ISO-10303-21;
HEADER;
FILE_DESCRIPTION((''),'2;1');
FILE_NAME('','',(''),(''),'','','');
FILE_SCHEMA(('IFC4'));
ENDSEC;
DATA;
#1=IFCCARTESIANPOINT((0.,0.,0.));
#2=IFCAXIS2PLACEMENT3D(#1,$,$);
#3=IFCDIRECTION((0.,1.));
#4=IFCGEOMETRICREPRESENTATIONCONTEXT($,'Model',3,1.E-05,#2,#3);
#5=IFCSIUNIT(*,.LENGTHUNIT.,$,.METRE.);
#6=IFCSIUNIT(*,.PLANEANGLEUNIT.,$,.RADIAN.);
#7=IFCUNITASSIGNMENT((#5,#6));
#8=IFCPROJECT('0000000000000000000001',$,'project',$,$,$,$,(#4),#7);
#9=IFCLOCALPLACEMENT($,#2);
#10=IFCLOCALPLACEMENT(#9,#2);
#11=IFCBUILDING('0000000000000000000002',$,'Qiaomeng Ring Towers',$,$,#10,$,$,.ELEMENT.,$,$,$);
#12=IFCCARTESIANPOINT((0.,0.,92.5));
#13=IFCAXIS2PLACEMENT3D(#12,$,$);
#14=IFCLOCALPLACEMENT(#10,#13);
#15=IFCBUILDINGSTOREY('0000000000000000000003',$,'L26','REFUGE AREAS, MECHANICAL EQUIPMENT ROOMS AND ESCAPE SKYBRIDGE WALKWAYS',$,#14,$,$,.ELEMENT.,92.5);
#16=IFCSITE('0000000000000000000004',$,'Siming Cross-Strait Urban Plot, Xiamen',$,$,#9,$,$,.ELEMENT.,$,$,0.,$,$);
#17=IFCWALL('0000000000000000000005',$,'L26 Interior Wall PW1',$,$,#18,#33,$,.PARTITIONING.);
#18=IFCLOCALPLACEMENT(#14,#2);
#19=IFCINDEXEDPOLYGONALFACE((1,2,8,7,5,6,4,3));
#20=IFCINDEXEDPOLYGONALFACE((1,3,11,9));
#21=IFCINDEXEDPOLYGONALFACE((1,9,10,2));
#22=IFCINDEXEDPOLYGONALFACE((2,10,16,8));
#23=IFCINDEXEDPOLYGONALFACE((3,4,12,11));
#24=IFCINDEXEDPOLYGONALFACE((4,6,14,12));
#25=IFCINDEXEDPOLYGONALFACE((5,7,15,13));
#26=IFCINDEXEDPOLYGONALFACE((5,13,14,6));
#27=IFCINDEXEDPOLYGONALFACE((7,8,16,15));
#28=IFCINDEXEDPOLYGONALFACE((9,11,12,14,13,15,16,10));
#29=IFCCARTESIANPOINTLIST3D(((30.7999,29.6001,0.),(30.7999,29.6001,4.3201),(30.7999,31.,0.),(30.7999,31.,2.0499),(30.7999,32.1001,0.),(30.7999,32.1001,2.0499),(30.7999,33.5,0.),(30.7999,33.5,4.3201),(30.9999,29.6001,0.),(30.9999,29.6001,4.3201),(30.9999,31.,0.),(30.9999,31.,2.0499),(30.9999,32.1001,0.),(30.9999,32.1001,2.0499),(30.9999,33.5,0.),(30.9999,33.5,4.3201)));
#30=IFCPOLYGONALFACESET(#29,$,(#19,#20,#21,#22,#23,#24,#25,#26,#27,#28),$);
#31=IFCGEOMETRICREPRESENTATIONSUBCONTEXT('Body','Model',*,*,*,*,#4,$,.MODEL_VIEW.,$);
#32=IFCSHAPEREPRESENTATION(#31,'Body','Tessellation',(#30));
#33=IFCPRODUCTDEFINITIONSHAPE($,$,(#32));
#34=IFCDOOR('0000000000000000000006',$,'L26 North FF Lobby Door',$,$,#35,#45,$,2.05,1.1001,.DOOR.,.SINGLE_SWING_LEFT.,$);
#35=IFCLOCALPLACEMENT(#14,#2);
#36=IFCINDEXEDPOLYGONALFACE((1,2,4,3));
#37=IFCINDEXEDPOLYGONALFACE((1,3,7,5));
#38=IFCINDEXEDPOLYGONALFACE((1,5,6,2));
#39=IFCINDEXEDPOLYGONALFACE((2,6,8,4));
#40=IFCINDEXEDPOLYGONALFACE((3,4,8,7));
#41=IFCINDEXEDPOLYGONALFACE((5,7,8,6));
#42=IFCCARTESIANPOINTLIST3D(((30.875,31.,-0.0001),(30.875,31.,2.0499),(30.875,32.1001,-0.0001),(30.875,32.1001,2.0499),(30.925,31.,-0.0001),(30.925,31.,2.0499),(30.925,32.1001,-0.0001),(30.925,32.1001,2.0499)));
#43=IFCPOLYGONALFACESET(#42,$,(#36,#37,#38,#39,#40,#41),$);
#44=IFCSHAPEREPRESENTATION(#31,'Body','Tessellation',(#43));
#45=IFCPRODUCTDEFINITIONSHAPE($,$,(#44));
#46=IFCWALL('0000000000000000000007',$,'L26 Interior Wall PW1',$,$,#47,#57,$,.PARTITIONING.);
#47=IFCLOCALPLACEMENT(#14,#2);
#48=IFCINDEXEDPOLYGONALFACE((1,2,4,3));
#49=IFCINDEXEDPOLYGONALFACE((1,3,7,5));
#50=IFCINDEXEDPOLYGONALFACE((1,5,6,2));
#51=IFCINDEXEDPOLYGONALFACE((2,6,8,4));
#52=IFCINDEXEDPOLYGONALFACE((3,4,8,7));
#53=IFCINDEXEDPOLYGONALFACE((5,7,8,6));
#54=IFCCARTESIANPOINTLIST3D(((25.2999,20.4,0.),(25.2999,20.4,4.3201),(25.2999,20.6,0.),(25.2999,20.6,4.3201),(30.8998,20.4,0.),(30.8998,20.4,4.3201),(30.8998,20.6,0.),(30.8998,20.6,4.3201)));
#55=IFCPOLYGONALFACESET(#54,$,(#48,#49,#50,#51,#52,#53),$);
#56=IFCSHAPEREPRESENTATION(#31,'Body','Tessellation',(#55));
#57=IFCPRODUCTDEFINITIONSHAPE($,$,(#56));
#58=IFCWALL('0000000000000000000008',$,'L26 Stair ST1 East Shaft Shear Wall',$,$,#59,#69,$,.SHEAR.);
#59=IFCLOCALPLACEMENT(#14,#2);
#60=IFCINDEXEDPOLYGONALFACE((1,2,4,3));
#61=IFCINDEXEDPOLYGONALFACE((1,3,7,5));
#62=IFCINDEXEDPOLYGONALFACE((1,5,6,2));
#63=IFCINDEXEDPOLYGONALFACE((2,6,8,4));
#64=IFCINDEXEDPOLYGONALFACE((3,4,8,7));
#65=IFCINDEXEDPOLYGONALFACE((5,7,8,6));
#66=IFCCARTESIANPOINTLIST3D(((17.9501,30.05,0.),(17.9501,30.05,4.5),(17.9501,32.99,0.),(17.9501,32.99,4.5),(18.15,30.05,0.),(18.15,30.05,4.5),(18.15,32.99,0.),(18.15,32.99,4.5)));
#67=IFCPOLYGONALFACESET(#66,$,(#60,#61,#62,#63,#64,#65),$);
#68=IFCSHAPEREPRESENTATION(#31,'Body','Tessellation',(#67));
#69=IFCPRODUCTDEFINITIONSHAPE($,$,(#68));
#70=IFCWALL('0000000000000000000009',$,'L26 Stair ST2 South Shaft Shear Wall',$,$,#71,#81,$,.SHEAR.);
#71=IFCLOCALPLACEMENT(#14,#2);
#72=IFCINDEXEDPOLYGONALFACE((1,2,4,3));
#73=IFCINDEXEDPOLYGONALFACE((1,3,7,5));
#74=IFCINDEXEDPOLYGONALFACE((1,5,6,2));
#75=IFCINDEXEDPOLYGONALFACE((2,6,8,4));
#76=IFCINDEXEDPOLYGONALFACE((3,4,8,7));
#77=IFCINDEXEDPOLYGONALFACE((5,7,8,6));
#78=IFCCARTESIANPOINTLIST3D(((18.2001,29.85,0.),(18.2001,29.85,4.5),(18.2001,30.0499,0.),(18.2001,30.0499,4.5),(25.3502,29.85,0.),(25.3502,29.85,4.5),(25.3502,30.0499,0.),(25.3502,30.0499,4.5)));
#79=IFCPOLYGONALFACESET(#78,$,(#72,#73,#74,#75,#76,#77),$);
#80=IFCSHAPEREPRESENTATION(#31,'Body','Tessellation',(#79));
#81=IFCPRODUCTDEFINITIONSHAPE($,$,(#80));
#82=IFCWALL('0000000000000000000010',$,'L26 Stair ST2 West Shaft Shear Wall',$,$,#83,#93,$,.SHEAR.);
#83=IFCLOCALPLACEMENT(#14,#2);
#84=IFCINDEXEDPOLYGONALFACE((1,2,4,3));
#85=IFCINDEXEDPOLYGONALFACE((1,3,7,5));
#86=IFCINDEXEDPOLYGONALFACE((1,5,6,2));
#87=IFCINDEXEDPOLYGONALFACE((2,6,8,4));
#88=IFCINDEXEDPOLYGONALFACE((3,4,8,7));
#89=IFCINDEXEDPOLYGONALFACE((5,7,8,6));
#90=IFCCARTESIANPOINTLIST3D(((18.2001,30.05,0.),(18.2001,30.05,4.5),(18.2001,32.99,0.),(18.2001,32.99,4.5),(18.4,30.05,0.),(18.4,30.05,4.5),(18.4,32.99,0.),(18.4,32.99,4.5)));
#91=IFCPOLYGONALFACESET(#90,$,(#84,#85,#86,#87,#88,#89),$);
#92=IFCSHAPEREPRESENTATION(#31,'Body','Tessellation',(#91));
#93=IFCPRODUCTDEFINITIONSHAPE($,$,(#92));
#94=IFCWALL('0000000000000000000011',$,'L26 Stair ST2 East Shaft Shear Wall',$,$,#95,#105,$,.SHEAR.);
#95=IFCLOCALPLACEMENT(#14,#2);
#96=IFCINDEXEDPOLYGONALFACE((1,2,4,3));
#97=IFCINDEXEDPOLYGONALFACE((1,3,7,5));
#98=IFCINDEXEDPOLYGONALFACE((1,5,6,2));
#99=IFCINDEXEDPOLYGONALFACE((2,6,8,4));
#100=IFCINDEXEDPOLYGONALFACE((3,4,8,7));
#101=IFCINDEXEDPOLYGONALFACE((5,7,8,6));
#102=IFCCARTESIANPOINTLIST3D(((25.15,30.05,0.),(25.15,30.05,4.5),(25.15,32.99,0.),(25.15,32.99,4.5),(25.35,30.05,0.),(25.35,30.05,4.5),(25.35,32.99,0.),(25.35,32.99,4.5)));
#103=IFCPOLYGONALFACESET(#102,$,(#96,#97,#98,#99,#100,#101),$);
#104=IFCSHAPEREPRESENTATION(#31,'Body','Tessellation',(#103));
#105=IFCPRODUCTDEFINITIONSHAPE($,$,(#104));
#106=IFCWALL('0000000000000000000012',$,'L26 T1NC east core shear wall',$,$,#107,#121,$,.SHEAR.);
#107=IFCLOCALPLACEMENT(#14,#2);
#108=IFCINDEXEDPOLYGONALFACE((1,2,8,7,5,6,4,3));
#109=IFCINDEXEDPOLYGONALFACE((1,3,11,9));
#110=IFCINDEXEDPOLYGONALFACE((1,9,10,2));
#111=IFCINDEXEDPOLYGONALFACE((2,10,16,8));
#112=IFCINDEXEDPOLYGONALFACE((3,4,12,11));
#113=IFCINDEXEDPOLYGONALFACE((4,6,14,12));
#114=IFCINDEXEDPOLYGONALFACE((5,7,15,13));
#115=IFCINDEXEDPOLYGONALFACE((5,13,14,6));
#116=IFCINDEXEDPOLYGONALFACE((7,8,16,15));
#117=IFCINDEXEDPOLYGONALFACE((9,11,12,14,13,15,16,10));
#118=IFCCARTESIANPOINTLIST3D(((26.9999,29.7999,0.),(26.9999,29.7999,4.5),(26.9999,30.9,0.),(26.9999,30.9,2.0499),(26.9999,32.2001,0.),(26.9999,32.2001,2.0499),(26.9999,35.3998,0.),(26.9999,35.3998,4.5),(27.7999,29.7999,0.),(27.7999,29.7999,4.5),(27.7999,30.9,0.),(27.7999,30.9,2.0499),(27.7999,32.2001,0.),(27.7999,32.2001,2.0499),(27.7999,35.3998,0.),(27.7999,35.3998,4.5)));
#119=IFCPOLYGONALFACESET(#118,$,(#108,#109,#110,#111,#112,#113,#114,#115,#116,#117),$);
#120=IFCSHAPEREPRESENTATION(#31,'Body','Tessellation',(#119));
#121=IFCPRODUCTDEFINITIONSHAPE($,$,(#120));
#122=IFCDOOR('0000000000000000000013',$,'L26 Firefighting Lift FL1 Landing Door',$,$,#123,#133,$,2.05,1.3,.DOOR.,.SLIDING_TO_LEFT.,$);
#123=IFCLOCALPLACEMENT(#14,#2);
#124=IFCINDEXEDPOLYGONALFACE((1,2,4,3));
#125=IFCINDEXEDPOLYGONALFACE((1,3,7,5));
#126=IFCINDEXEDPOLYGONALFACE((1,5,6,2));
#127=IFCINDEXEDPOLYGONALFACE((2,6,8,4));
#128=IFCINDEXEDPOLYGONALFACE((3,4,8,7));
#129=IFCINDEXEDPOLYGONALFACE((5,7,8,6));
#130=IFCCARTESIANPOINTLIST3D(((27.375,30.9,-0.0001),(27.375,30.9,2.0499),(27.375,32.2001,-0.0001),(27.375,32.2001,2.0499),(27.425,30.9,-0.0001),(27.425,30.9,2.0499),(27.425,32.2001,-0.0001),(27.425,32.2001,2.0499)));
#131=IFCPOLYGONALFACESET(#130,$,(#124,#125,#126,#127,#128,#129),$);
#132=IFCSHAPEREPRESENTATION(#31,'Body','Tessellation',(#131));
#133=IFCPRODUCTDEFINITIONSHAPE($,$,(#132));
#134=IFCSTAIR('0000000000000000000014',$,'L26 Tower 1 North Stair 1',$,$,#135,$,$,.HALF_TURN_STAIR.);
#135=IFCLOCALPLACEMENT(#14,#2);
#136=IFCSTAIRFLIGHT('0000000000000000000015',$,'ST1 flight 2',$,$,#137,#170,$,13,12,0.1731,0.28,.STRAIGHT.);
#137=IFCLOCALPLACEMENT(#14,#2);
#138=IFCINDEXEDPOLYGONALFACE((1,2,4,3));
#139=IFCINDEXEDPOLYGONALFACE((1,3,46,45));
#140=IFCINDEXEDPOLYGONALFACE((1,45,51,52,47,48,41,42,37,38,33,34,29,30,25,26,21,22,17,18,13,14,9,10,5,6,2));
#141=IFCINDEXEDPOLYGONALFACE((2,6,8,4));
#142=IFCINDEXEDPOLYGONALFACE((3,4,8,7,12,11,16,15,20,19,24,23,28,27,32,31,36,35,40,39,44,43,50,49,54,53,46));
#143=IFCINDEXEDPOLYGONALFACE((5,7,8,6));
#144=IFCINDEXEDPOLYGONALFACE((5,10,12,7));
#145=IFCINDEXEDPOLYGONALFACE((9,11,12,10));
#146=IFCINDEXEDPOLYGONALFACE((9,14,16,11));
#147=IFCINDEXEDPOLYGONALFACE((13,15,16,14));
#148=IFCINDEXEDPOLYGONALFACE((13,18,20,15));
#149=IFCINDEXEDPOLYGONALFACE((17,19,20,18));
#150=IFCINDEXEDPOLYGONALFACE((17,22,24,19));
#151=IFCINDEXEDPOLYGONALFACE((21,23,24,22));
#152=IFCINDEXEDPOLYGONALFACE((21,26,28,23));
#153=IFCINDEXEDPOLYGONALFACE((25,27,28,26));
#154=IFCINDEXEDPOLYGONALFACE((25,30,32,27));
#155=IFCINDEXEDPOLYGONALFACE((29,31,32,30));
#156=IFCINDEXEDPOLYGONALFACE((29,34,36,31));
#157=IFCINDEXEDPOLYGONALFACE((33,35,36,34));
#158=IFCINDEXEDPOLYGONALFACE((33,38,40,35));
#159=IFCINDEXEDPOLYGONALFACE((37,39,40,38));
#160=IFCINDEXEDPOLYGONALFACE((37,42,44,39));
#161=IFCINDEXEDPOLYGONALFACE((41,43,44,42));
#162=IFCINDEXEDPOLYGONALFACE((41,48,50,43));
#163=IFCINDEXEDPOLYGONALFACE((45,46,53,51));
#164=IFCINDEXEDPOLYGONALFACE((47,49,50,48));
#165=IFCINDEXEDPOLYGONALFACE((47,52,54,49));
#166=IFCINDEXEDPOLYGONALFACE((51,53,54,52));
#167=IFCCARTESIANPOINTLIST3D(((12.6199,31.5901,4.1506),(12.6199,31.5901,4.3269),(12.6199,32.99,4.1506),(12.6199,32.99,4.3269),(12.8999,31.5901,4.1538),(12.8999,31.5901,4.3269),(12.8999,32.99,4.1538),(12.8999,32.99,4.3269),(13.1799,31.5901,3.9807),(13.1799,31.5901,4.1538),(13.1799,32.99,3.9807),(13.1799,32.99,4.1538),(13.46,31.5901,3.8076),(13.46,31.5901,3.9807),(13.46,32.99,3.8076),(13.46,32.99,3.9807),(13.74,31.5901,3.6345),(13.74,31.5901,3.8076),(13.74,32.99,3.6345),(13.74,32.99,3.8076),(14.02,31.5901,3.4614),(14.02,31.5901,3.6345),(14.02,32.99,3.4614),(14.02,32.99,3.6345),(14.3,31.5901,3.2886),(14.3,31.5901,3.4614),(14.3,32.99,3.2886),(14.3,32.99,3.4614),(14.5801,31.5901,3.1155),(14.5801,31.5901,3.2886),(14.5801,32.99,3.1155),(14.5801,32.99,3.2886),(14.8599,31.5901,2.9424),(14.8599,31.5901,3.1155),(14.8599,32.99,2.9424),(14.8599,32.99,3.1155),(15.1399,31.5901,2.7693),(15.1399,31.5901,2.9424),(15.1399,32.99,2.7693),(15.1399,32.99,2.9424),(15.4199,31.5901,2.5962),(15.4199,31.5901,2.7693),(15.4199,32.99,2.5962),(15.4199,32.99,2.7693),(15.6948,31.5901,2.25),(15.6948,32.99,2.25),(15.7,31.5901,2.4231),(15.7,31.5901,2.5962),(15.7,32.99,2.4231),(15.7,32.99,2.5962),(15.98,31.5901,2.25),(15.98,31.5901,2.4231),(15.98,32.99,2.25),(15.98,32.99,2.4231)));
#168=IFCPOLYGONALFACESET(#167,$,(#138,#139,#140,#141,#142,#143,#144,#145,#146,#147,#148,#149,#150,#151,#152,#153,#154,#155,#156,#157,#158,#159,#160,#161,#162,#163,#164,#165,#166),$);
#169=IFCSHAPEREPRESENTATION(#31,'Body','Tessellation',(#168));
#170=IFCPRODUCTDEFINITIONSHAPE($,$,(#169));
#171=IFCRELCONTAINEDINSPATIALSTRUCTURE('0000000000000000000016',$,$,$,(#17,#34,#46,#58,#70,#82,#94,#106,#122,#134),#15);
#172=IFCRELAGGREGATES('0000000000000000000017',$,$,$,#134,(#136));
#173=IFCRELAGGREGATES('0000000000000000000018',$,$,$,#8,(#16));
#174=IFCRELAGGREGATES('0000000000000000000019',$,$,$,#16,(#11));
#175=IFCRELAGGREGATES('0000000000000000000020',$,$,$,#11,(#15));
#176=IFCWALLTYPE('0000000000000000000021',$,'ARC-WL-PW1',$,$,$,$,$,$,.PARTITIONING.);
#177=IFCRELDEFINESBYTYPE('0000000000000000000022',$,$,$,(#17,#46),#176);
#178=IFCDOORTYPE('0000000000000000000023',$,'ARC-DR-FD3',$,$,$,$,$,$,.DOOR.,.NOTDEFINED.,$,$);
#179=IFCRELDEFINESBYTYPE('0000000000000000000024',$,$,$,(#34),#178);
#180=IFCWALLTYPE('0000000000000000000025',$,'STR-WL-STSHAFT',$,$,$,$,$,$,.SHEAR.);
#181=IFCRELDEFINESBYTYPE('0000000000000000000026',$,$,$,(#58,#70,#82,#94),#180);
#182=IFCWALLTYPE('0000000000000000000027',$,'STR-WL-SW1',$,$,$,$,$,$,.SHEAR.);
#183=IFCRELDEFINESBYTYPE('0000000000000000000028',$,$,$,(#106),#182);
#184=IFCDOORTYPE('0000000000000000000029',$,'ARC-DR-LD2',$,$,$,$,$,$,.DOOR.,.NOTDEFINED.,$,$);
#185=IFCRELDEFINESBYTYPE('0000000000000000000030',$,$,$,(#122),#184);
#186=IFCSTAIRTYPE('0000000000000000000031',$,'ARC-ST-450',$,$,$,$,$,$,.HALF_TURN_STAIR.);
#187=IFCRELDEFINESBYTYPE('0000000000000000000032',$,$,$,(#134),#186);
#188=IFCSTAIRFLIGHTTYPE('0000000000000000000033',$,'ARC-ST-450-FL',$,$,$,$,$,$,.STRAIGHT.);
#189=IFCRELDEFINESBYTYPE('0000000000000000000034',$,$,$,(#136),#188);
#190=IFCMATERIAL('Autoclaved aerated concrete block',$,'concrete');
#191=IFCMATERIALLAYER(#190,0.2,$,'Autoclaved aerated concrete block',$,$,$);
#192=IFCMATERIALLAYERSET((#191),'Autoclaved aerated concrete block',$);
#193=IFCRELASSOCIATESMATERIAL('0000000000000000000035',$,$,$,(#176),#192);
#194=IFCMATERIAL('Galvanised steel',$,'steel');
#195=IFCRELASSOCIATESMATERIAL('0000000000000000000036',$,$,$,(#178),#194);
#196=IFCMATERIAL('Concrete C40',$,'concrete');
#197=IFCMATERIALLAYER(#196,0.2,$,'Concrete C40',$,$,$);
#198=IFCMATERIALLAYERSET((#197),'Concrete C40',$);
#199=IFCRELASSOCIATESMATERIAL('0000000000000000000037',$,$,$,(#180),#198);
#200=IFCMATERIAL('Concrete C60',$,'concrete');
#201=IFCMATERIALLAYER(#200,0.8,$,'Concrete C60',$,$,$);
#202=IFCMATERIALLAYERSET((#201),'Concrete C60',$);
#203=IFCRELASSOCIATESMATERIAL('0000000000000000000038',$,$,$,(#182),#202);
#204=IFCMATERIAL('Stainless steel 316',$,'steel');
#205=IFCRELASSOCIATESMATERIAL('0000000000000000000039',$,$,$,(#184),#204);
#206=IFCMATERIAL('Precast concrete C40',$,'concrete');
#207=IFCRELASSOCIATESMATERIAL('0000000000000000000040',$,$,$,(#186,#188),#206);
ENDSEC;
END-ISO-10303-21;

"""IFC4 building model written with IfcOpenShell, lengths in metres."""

from ifc_helpers import new_model, si_unit, direction, frame, frame_2d, origin, place, context, subcontext, project, spatial, polyline, rectangle, outline, extrude, source, transform, mapped, material, layer, layer_set, type_object, element, fill, aggregate, save


model = new_model("IFC4")

# Units and contexts
model_context = context("Model", 3, precision=1e-05, world=origin(), true_north=direction((0.0, 1.0)))
body_context = subcontext(model_context, "Body", "Model", "MODEL_VIEW")
ifc_project = project(units=[si_unit("LENGTHUNIT", "METRE"), si_unit("PLANEANGLEUNIT", "RADIAN")], contexts=[model_context])

# Site, building, storey
site_placement = place(None, origin())
site = spatial("IfcSite", under=ifc_project, at=site_placement, Name="Siming Cross-Strait Urban Plot, Xiamen", CompositionType="ELEMENT", RefElevation=0.0)
building_placement = place(site_placement, origin())
building = spatial("IfcBuilding", under=site, at=building_placement, Name="Qiaomeng Ring Towers", CompositionType="ELEMENT")
storey_placement = place(building_placement, frame((0.0, 0.0, 92.5)))
storey = spatial("IfcBuildingStorey", under=building, at=storey_placement, Name="L26", Description="REFUGE AREAS, MECHANICAL EQUIPMENT ROOMS AND ESCAPE SKYBRIDGE WALKWAYS", CompositionType="ELEMENT", Elevation=92.5)

# Shared definitions
ifc_material_1 = material(Name="Autoclaved aerated concrete block", Category="concrete")
ifc_layer_1 = layer(ifc_material_1, 0.2, Name="Autoclaved aerated concrete block")
ifc_layer_set_1 = layer_set([ifc_layer_1], Name="Autoclaved aerated concrete block")
wall_type_1 = type_object("IfcWallType", Name="ARC-WL-PW1", PredefinedType="PARTITIONING", material=ifc_layer_set_1)

# Wall, opening, door
wall_1_placement = place(storey_placement, frame((30.8999, 29.6001, 0.0), z_axis=(0.0, 0.0, 1.0), x_axis=(0.0, 1.0, 0.0)))
wall_1 = element("IfcWall", 1, at=wall_1_placement, inside=storey, type_object=wall_type_1, Name="L26 Interior Wall PW1", PredefinedType="PARTITIONING", context=body_context, shape_type="SweptSolid", body=[
    extrude(rectangle(XDim=3.8999, YDim=0.2, at=frame_2d((1.95, 0.0))), origin(), (0.0, 0.0, 1.0), 4.3201),
])
opening_1_placement = place(wall_1_placement, frame((1.3999, 0.0, 0.0)))
opening_1 = element("IfcOpeningElement", 2, at=opening_1_placement, cuts=wall_1, PredefinedType="OPENING", context=body_context, shape_type="SweptSolid", body=[
    extrude(rectangle(XDim=1.1001, YDim=2.05, at=frame_2d((0.55, 1.0249))), frame((0.0, 0.1099, 0.0), z_axis=(0.0, -1.0, 0.0), x_axis=(1.0, 0.0, 0.0)), (0.0, 0.0, 1.0), 0.22),
])
ifc_material_2 = material(Name="Galvanised steel", Category="steel")
door_type_1 = type_object("IfcDoorType", Name="ARC-DR-FD3", OperationType="NOTDEFINED", PredefinedType="DOOR", material=ifc_material_2)
shared_shape_1 = source(origin(), body_context, "Body", "SweptSolid", [
    extrude(rectangle(XDim=1.1001, YDim=2.05, at=frame_2d((0.55, 1.0249))), frame((0.0, 0.0249, 0.0), z_axis=(0.0, -1.0, 0.0), x_axis=(1.0, 0.0, 0.0)), (0.0, 0.0, 1.0), 0.05),
])
door_1_placement = place(opening_1_placement, origin())
door_1 = element("IfcDoor", 3, at=door_1_placement, inside=storey, type_object=door_type_1, Name="L26 North FF Lobby Door", OperationType="SINGLE_SWING_LEFT", OverallHeight=2.05, OverallWidth=1.1001, PredefinedType="DOOR", context=body_context, shape_type="MappedRepresentation", body=[
    mapped(shared_shape_1, transform((0.0, 0.0, 0.0), x_axis=(1.0, 0.0, 0.0), y_axis=(0.0, 1.0, 0.0), z_axis=(0.0, 0.0, 1.0), scale=1.0)),
])
fill(opening_1, door_1)

# Walls
wall_2_placement = place(storey_placement, frame((25.3, 20.5, 0.0), z_axis=(0.0, 0.0, 1.0), x_axis=(1.0, 0.0, 0.0)))
element("IfcWall", 4, at=wall_2_placement, inside=storey, type_object=wall_type_1, Name="L26 Interior Wall PW1", PredefinedType="PARTITIONING", context=body_context, shape_type="SweptSolid", body=[
    extrude(rectangle(XDim=5.5999, YDim=0.2, at=frame_2d((2.7998, 0.0))), origin(), (0.0, 0.0, 1.0), 4.3201),
])
ifc_material_3 = material(Name="Concrete C40", Category="concrete")
ifc_layer_2 = layer(ifc_material_3, 0.2, Name="Concrete C40")
ifc_layer_set_2 = layer_set([ifc_layer_2], Name="Concrete C40")
wall_type_2 = type_object("IfcWallType", Name="STR-WL-STSHAFT", PredefinedType="SHEAR", material=ifc_layer_set_2)
wall_3_placement = place(storey_placement, frame((18.05, 30.05, 0.0), z_axis=(0.0, 0.0, 1.0), x_axis=(0.0, 1.0, 0.0)))
element("IfcWall", 5, at=wall_3_placement, inside=storey, type_object=wall_type_2, Name="L26 Stair ST1 East Shaft Shear Wall", PredefinedType="SHEAR", context=body_context, shape_type="SweptSolid", body=[
    extrude(rectangle(XDim=2.9399, YDim=0.2, at=frame_2d((1.47, 0.0))), origin(), (0.0, 0.0, 1.0), 4.5),
])
wall_4_placement = place(storey_placement, frame((18.2, 29.95, 0.0), z_axis=(0.0, 0.0, 1.0), x_axis=(1.0, 0.0, 0.0)))
element("IfcWall", 6, at=wall_4_placement, inside=storey, type_object=wall_type_2, Name="L26 Stair ST2 South Shaft Shear Wall", PredefinedType="SHEAR", context=body_context, shape_type="SweptSolid", body=[
    extrude(rectangle(XDim=7.1501, YDim=0.2, at=frame_2d((3.5752, 0.0))), origin(), (0.0, 0.0, 1.0), 4.5),
])
for number, where, z_axis, x_axis, name in (
    (7, (18.3, 30.05, 0.0), (0.0, 0.0, 1.0), (0.0, 1.0, 0.0), "L26 Stair ST2 West Shaft Shear Wall"),
    (8, (25.25, 30.05, 0.0), (0.0, 0.0, 1.0), (0.0, 1.0, 0.0), "L26 Stair ST2 East Shaft Shear Wall"),
):
    element("IfcWall", number, at=place(storey_placement, frame(where, z_axis=z_axis, x_axis=x_axis)), inside=storey, type_object=wall_type_2, Name=name, PredefinedType="SHEAR", context=body_context, shape_type="SweptSolid", body=[
        extrude(rectangle(XDim=2.9399, YDim=0.2, at=frame_2d((1.47, 0.0))), origin(), (0.0, 0.0, 1.0), 4.5),
    ])

# Wall, opening, door
ifc_material_4 = material(Name="Concrete C60", Category="concrete")
ifc_layer_3 = layer(ifc_material_4, 0.8, Name="Concrete C60")
ifc_layer_set_3 = layer_set([ifc_layer_3], Name="Concrete C60")
wall_type_3 = type_object("IfcWallType", Name="STR-WL-SW1", PredefinedType="SHEAR", material=ifc_layer_set_3)
wall_5_placement = place(storey_placement, frame((27.3999, 29.8, 0.0), z_axis=(0.0, 0.0, 1.0), x_axis=(0.0, 1.0, 0.0)))
wall_5 = element("IfcWall", 9, at=wall_5_placement, inside=storey, type_object=wall_type_3, Name="L26 T1NC east core shear wall", PredefinedType="SHEAR", context=body_context, shape_type="SweptSolid", body=[
    extrude(rectangle(XDim=5.5999, YDim=0.8, at=frame_2d((2.7998, 0.0))), origin(), (0.0, 0.0, 1.0), 4.5),
])
opening_2_placement = place(wall_5_placement, frame((1.1001, 0.0, 0.0)))
opening_2 = element("IfcOpeningElement", 10, at=opening_2_placement, cuts=wall_5, PredefinedType="OPENING", context=body_context, shape_type="SweptSolid", body=[
    extrude(rectangle(XDim=1.3, YDim=2.05, at=frame_2d((0.6499, 1.0249))), frame((0.0, 0.4099, 0.0), z_axis=(0.0, -1.0, 0.0), x_axis=(1.0, 0.0, 0.0)), (0.0, 0.0, 1.0), 0.8201),
])
ifc_material_5 = material(Name="Stainless steel 316", Category="steel")
door_type_2 = type_object("IfcDoorType", Name="ARC-DR-LD2", OperationType="NOTDEFINED", PredefinedType="DOOR", material=ifc_material_5)
shared_shape_2 = source(origin(), body_context, "Body", "SweptSolid", [
    extrude(rectangle(XDim=1.3, YDim=2.05, at=frame_2d((0.6499, 1.0249))), frame((0.0, 0.0249, 0.0), z_axis=(0.0, -1.0, 0.0), x_axis=(1.0, 0.0, 0.0)), (0.0, 0.0, 1.0), 0.05),
])
door_2_placement = place(opening_2_placement, origin())
door_2 = element("IfcDoor", 11, at=door_2_placement, inside=storey, type_object=door_type_2, Name="L26 Firefighting Lift FL1 Landing Door", OperationType="SLIDING_TO_LEFT", OverallHeight=2.05, OverallWidth=1.3, PredefinedType="DOOR", context=body_context, shape_type="MappedRepresentation", body=[
    mapped(shared_shape_2, transform((0.0, 0.0, 0.0), x_axis=(1.0, 0.0, 0.0), y_axis=(0.0, 1.0, 0.0), z_axis=(0.0, 0.0, 1.0), scale=1.0)),
])
fill(opening_2, door_2)

# Stair, stair flight
ifc_material_6 = material(Name="Precast concrete C40", Category="concrete")
stair_type = type_object("IfcStairType", Name="ARC-ST-450", PredefinedType="HALF_TURN_STAIR", material=ifc_material_6)
stair_1_placement = place(storey_placement, origin())
stair_1 = element("IfcStair", 12, at=stair_1_placement, inside=storey, type_object=stair_type, Name="L26 Tower 1 North Stair 1", PredefinedType="HALF_TURN_STAIR")
stair_flight_type = type_object("IfcStairFlightType", Name="ARC-ST-450-FL", PredefinedType="STRAIGHT", material=ifc_material_6)
shared_shape_3 = source(origin(), body_context, "Body", "SweptSolid", [
    extrude(outline(polyline([(0.0, 0.0), (0.0, 0.1731), (0.28, 0.1731), (0.28, 0.3462), (0.5601, 0.3462), (0.5601, 0.5193), (0.8401, 0.5193), (0.8401, 0.6924), (1.1201, 0.6924), (1.1201, 0.8655), (1.3999, 0.8655), (1.3999, 1.0386), (1.6799, 1.0386), (1.6799, 1.2114), (1.96, 1.2114), (1.96, 1.3845), (2.24, 1.3845), (2.24, 1.5576), (2.52, 1.5576), (2.52, 1.7307), (2.8, 1.7307), (2.8, 1.9038), (3.0801, 1.9038), (3.0801, 2.0769), (3.3601, 2.0769), (3.3601, 2.25), (3.3601, 1.9006), (0.2852, 0.0), (0.0, 0.0)])), frame((0.0, 0.7, 0.0), z_axis=(0.0, -1.0, 0.0), x_axis=(1.0, 0.0, 0.0)), (0.0, 0.0, 1.0), 1.3999),
])
stair_flight_1_placement = place(storey_placement, frame((15.98, 32.29, 2.25), z_axis=(0.0, 0.0, 1.0), x_axis=(-1.0, 0.0, 0.0)))
stair_flight_1 = element("IfcStairFlight", 13, at=stair_flight_1_placement, type_object=stair_flight_type, Name="ST1 flight 2", NumberOfRisers=13, NumberOfTreads=12, PredefinedType="STRAIGHT", RiserHeight=0.1731, TreadLength=0.28, context=body_context, shape_type="MappedRepresentation", body=[
    mapped(shared_shape_3, transform((0.0, 0.0, 0.0), x_axis=(1.0, 0.0, 0.0), y_axis=(0.0, 1.0, 0.0), z_axis=(0.0, 0.0, 1.0), scale=1.0)),
])
aggregate(stair_1, [stair_flight_1])

save(model, "model.ifc")
